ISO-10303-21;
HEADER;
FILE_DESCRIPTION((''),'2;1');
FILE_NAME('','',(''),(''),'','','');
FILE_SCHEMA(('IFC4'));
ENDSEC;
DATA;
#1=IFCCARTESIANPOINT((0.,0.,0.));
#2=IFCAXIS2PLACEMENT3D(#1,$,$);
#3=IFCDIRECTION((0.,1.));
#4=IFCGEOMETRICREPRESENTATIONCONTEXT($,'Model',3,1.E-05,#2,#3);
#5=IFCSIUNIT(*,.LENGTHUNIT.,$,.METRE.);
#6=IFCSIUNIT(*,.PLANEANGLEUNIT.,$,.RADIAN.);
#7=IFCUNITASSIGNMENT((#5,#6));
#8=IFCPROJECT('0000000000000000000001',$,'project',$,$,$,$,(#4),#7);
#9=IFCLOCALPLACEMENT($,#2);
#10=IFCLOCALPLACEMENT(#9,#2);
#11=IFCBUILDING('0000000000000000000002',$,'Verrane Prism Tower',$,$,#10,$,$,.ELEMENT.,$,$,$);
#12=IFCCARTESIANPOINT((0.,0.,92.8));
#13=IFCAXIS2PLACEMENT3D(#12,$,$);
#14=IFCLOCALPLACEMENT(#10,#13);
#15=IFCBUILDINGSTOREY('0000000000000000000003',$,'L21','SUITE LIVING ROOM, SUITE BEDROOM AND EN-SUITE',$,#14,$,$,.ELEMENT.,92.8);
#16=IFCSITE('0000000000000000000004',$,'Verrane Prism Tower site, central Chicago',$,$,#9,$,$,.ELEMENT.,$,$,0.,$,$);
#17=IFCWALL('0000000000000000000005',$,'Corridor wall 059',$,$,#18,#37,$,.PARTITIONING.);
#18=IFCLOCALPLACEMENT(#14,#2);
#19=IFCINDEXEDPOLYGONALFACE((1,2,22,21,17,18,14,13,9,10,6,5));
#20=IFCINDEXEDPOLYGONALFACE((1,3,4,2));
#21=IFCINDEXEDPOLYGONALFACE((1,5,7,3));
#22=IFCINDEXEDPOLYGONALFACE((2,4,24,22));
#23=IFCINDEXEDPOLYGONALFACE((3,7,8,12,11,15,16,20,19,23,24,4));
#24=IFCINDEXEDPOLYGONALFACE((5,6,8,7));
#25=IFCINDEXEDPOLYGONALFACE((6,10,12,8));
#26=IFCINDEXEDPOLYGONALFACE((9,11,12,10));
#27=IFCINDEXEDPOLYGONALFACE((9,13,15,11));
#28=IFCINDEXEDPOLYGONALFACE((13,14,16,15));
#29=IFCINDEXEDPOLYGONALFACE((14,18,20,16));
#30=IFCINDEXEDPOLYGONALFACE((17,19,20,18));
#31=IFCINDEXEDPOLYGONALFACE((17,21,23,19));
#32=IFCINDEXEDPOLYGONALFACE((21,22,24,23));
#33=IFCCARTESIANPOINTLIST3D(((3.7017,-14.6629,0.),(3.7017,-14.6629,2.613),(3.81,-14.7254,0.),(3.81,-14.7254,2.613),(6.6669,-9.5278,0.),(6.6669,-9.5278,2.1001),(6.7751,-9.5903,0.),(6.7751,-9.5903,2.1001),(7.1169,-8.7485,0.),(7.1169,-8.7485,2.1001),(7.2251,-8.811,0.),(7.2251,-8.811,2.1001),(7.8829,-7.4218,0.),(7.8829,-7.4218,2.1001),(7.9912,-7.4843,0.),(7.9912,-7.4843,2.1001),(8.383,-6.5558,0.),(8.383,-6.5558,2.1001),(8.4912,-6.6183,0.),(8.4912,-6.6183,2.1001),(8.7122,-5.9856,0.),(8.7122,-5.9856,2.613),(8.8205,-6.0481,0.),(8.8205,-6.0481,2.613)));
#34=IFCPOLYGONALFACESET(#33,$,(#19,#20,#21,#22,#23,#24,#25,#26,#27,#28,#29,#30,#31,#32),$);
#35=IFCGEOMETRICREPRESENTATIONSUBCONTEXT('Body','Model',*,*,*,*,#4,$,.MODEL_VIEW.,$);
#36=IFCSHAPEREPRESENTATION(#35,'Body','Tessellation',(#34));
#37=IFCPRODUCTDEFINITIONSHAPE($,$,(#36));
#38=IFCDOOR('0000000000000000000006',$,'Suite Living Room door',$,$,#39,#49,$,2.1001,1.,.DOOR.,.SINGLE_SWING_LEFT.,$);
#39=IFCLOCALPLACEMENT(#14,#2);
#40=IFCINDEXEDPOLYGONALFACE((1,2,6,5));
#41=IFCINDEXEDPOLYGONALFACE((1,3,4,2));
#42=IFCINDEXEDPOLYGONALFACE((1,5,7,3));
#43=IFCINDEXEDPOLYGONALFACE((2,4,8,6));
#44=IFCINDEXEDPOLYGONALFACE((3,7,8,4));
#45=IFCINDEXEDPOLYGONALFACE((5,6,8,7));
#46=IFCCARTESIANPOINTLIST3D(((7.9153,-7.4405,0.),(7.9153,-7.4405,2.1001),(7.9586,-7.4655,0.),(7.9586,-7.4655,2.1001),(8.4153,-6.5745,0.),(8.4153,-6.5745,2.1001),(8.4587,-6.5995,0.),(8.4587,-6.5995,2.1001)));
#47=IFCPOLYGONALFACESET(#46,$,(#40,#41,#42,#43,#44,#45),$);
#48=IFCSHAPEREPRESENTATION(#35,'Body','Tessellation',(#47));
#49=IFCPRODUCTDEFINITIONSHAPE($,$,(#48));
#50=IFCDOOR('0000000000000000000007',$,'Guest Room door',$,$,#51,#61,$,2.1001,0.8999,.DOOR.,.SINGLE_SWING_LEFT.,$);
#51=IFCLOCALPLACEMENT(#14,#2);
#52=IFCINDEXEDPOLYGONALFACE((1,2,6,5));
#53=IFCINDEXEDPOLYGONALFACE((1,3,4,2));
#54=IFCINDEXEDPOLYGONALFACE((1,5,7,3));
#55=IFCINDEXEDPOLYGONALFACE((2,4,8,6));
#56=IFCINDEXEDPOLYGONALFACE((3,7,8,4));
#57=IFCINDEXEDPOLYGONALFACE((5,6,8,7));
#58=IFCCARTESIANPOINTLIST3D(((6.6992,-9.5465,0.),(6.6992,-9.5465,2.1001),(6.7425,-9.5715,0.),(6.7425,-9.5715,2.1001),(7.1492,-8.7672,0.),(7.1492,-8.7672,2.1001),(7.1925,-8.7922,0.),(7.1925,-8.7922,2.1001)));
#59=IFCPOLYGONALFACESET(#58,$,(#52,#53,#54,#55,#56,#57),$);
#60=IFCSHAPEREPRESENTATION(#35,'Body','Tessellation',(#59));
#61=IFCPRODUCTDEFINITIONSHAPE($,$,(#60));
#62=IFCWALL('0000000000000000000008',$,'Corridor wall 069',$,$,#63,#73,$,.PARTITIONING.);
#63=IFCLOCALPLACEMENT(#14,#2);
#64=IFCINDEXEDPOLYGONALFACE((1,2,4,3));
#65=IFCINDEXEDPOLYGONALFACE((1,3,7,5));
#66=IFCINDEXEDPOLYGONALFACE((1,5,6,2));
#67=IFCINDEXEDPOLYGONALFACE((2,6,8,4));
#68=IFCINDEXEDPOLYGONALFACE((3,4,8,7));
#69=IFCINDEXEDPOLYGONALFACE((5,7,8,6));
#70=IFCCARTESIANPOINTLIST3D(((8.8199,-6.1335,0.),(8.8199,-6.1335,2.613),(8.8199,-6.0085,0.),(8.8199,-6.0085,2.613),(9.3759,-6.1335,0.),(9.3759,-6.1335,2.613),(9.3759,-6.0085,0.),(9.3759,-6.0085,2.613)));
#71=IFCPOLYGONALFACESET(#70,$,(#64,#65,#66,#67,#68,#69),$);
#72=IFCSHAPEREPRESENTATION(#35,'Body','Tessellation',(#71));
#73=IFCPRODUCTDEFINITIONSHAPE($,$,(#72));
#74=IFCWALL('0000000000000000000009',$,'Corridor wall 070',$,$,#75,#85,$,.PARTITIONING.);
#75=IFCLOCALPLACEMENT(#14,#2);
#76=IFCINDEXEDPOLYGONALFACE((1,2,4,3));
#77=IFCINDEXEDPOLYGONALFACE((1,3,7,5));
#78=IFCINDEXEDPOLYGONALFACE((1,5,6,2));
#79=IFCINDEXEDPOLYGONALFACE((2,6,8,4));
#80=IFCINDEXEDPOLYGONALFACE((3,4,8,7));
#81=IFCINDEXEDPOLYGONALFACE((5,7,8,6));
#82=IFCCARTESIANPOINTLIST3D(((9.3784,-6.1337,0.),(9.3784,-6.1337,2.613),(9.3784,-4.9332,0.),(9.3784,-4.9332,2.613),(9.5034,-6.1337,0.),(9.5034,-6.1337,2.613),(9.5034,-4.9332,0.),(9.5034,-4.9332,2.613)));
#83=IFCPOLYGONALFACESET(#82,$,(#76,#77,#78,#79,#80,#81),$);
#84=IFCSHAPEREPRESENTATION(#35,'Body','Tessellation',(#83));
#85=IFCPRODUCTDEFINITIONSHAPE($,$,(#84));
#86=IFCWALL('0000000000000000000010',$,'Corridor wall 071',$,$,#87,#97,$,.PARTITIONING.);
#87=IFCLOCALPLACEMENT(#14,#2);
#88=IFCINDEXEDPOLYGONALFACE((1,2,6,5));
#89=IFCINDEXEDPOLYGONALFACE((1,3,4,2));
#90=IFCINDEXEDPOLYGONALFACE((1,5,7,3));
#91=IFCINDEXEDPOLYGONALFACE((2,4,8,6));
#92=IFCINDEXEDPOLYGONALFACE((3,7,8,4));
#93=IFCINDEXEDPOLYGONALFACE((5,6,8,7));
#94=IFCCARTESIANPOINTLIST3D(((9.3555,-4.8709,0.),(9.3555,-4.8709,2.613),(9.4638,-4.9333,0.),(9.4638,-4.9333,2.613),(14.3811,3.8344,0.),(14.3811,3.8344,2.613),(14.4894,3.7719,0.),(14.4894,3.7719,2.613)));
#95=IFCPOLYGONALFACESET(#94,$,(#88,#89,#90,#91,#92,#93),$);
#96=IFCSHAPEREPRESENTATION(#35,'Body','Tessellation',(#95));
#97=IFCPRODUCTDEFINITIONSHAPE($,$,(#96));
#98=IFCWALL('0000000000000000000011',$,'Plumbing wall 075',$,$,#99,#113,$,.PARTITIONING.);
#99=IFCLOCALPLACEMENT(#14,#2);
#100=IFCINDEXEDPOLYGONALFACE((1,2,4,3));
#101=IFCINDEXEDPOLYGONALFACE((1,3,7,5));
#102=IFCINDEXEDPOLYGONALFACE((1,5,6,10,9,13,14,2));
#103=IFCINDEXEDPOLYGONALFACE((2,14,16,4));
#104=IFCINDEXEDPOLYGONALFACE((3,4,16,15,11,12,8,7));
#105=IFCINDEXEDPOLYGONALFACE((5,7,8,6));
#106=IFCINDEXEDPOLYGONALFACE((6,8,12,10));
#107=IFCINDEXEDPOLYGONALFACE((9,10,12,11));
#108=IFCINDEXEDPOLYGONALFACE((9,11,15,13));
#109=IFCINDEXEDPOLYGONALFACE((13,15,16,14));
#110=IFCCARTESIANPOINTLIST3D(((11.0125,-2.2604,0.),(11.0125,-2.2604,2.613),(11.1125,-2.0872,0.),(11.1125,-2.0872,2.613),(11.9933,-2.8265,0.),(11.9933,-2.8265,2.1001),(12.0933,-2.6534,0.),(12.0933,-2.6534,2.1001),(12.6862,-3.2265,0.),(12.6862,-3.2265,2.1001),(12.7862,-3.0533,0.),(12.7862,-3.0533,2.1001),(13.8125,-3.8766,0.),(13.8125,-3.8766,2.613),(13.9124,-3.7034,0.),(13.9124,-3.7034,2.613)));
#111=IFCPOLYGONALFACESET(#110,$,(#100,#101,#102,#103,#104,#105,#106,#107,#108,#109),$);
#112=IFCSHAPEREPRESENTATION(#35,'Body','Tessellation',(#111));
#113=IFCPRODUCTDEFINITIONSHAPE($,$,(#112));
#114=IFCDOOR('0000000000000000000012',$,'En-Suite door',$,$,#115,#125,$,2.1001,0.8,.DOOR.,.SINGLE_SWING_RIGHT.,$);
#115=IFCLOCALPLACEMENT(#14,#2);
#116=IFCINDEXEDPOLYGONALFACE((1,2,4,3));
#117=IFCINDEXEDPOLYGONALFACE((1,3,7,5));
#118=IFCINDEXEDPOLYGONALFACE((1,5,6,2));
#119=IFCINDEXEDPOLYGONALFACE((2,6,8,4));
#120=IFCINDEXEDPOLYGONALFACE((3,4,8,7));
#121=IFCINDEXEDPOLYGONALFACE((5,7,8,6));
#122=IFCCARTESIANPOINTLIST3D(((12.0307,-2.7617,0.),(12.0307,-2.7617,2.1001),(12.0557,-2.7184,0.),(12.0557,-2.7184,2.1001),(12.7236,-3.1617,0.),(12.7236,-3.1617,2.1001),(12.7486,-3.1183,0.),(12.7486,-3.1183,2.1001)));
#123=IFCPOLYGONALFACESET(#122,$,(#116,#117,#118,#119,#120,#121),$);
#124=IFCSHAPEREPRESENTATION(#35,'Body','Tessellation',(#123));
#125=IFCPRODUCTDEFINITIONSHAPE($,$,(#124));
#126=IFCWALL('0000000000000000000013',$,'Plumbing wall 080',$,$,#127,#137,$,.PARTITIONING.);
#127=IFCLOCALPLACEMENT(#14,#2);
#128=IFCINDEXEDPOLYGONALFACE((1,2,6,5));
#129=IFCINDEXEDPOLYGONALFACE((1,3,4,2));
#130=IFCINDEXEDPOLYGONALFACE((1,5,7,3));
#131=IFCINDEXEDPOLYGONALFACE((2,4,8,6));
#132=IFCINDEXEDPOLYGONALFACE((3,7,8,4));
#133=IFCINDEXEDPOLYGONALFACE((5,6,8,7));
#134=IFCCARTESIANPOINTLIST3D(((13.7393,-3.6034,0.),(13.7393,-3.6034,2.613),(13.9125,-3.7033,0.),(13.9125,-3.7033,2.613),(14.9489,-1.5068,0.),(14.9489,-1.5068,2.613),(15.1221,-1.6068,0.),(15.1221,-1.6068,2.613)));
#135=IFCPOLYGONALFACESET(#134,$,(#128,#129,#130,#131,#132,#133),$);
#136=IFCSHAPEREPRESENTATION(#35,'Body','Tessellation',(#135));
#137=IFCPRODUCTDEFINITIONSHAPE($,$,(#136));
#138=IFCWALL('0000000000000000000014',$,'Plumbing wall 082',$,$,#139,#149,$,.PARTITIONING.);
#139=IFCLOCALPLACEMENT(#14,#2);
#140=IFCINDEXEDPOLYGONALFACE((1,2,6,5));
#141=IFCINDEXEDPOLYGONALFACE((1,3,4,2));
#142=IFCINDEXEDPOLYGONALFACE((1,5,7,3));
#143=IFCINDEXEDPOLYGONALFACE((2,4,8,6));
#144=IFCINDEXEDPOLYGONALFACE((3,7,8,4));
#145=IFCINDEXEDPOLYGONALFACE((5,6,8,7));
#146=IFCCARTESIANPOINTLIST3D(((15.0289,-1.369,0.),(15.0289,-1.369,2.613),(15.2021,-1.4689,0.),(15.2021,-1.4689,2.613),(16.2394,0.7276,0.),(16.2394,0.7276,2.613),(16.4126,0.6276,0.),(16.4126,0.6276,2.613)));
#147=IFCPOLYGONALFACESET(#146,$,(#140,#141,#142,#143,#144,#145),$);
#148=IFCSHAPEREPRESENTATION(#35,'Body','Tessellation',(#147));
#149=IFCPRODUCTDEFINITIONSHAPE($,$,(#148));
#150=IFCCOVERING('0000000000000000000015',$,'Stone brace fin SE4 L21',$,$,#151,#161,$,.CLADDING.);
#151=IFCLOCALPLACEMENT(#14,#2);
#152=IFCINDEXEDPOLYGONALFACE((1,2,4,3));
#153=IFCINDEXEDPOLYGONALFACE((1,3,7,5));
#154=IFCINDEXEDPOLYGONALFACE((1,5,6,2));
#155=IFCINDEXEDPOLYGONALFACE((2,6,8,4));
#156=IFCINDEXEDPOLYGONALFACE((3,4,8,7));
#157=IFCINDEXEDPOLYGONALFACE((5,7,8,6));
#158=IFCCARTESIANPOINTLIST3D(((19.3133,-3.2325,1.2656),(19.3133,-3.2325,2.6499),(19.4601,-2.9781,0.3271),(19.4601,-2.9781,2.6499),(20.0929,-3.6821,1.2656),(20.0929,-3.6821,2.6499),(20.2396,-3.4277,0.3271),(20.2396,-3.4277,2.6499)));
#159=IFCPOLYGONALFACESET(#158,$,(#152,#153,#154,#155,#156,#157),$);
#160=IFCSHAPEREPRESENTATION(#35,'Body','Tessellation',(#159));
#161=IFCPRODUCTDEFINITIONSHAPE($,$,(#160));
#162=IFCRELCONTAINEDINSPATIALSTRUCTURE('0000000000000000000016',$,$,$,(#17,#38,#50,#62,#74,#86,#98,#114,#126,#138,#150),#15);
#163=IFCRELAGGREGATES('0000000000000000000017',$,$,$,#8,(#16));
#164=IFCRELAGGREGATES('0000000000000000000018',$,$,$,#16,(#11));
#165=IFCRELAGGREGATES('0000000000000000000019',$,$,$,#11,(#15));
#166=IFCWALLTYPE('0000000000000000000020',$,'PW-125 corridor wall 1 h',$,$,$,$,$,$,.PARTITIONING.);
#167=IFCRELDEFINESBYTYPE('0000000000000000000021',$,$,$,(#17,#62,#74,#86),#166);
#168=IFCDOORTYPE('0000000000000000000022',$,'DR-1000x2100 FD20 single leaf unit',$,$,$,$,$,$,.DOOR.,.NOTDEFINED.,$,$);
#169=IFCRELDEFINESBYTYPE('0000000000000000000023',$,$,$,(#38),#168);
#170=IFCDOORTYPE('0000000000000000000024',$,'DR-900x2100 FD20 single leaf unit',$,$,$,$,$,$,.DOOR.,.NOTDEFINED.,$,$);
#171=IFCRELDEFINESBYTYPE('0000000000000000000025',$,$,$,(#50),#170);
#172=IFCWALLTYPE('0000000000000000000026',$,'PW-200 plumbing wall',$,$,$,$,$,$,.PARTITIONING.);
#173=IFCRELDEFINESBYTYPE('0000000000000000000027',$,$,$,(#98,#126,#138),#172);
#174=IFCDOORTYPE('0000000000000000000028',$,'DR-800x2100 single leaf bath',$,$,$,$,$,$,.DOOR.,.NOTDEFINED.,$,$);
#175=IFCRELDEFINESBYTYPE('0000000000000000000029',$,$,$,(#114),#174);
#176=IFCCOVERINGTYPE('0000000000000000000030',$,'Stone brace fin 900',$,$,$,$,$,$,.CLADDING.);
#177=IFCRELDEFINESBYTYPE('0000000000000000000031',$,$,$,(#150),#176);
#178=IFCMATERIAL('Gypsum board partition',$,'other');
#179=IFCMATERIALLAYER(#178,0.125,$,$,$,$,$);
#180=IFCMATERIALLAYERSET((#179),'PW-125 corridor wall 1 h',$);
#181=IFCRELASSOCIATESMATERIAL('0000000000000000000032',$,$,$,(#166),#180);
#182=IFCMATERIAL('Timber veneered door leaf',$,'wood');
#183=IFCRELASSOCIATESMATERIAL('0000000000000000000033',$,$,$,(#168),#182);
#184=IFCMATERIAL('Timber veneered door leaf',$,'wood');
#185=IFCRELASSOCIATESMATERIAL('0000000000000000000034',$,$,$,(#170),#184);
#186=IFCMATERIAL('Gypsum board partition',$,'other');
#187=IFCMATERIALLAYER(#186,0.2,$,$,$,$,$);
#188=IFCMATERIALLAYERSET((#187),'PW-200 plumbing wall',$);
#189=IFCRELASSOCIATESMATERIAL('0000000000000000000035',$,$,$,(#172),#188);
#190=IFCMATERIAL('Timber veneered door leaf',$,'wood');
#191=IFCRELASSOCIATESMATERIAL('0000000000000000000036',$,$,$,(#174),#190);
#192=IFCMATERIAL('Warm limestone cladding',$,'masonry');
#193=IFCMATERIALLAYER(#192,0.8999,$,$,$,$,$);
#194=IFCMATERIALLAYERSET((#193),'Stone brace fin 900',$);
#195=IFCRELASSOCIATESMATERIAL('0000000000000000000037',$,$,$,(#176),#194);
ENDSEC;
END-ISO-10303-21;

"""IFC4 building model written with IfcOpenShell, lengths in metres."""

from ifc_helpers import new_model, si_unit, direction, frame, frame_2d, origin, place, context, subcontext, project, spatial, polyline, rectangle, outline, extrude, material, layer, layer_set, type_object, element, fill, save


model = new_model("IFC4")

# Units and contexts
model_context = context("Model", 3, precision=1e-05, world=origin(), true_north=direction((0.0, 1.0)))
body_context = subcontext(model_context, "Body", "Model", "MODEL_VIEW")
ifc_project = project(units=[si_unit("LENGTHUNIT", "METRE"), si_unit("PLANEANGLEUNIT", "RADIAN")], contexts=[model_context])

# Site, building, storey
site_placement = place(None, origin())
site = spatial("IfcSite", under=ifc_project, at=site_placement, Name="Verrane Prism Tower site, central Chicago", CompositionType="ELEMENT", RefElevation=0.0)
building_placement = place(site_placement, origin())
building = spatial("IfcBuilding", under=site, at=building_placement, Name="Verrane Prism Tower", CompositionType="ELEMENT")
storey_placement = place(building_placement, frame((0.0, 0.0, 92.8)))
storey = spatial("IfcBuildingStorey", under=building, at=storey_placement, Name="L21", Description="SUITE LIVING ROOM, SUITE BEDROOM AND EN-SUITE", CompositionType="ELEMENT", Elevation=92.8)

# Wall, openings, doors
ifc_material_1 = material(Name="Gypsum board partition", Category="other")
ifc_layer_1 = layer(ifc_material_1, 0.125)
ifc_layer_set_1 = layer_set([ifc_layer_1], Name="PW-125 corridor wall 1 h")
wall_type_1 = type_object("IfcWallType", Name="PW-125 corridor wall 1 h", PredefinedType="PARTITIONING", material=ifc_layer_set_1)
wall_1_placement = place(storey_placement, frame((8.7664, -6.0168, 0.0), z_axis=(0.0, 0.0, 1.0), x_axis=(-0.500051, -0.865996, 0.0)))
wall_1 = element("IfcWall", 1, at=wall_1_placement, inside=storey, type_object=wall_type_1, Name="Corridor wall 059", PredefinedType="PARTITIONING", context=body_context, shape_type="SweptSolid", body=[
    extrude(rectangle(XDim=10.02, YDim=0.125, at=frame_2d((5.01, 0.0))), origin(), (0.0, 0.0, 1.0), 2.613),
])
opening_1_placement = place(wall_1_placement, frame((3.1904, 0.0, 0.0)))
opening_1 = element("IfcOpeningElement", 2, at=opening_1_placement, cuts=wall_1, PredefinedType="OPENING", context=body_context, shape_type="SweptSolid", body=[
    extrude(rectangle(XDim=0.8999, YDim=2.1001, at=frame_2d((0.45, 1.05))), frame((0.0, 0.0725, 0.0), z_axis=(0.0, -1.0, 0.0), x_axis=(1.0, 0.0, 0.0)), (0.0, 0.0, 1.0), 0.145),
])
opening_2_placement = place(wall_1_placement, frame((0.6584, 0.0, 0.0)))
opening_2 = element("IfcOpeningElement", 3, at=opening_2_placement, cuts=wall_1, PredefinedType="OPENING", context=body_context, shape_type="SweptSolid", body=[
    extrude(rectangle(XDim=1.0, YDim=2.1001, at=frame_2d((0.5, 1.05))), frame((0.0, 0.0725, 0.0), z_axis=(0.0, -1.0, 0.0), x_axis=(1.0, 0.0, 0.0)), (0.0, 0.0, 1.0), 0.145),
])
ifc_material_2 = material(Name="Timber veneered door leaf", Category="wood")
door_type_1 = type_object("IfcDoorType", Name="DR-1000x2100 FD20 single leaf unit", OperationType="NOTDEFINED", PredefinedType="DOOR", material=ifc_material_2)
door_1_placement = place(opening_2_placement, origin())
door_1 = element("IfcDoor", 4, at=door_1_placement, inside=storey, type_object=door_type_1, Name="Suite Living Room door", OperationType="SINGLE_SWING_LEFT", OverallHeight=2.1001, OverallWidth=1.0, PredefinedType="DOOR", context=body_context, shape_type="SweptSolid", body=[
    extrude(rectangle(XDim=1.0, YDim=2.1001, at=frame_2d((0.5, 1.05))), frame((0.0, 0.0249, 0.0), z_axis=(0.0, -1.0, 0.0), x_axis=(1.0, 0.0, 0.0)), (0.0, 0.0, 1.0), 0.05),
])
fill(opening_2, door_1)
ifc_material_3 = material(Name="Timber veneered door leaf", Category="wood")
door_type_2 = type_object("IfcDoorType", Name="DR-900x2100 FD20 single leaf unit", OperationType="NOTDEFINED", PredefinedType="DOOR", material=ifc_material_3)
door_2_placement = place(opening_1_placement, origin())
door_2 = element("IfcDoor", 5, at=door_2_placement, inside=storey, type_object=door_type_2, Name="Guest Room door", OperationType="SINGLE_SWING_LEFT", OverallHeight=2.1001, OverallWidth=0.8999, PredefinedType="DOOR", context=body_context, shape_type="SweptSolid", body=[
    extrude(rectangle(XDim=0.8999, YDim=2.1001, at=frame_2d((0.45, 1.05))), frame((0.0, 0.0249, 0.0), z_axis=(0.0, -1.0, 0.0), x_axis=(1.0, 0.0, 0.0)), (0.0, 0.0, 1.0), 0.05),
])
fill(opening_1, door_2)

# Walls
wall_2_placement = place(storey_placement, frame((8.8201, -6.071, 0.0), z_axis=(0.0, 0.0, 1.0), x_axis=(1.0, 0.0, 0.0)))
element("IfcWall", 6, at=wall_2_placement, inside=storey, type_object=wall_type_1, Name="Corridor wall 069", PredefinedType="PARTITIONING", context=body_context, shape_type="SweptSolid", body=[
    extrude(rectangle(XDim=0.5559, YDim=0.125, at=frame_2d((0.2778, 0.0))), origin(), (0.0, 0.0, 1.0), 2.613),
])
wall_3_placement = place(storey_placement, frame((9.4409, -6.1335, 0.0), z_axis=(0.0, 0.0, 1.0), x_axis=(0.0, 1.0, 0.0)))
element("IfcWall", 7, at=wall_3_placement, inside=storey, type_object=wall_type_1, Name="Corridor wall 070", PredefinedType="PARTITIONING", context=body_context, shape_type="SweptSolid", body=[
    extrude(rectangle(XDim=1.2004, YDim=0.125, at=frame_2d((0.6001, 0.0))), origin(), (0.0, 0.0, 1.0), 2.613),
])
wall_4_placement = place(storey_placement, frame((9.4097, -4.9021, 0.0), z_axis=(0.0, 0.0, 1.0), x_axis=(0.499971, 0.866042, 0.0)))
element("IfcWall", 8, at=wall_4_placement, inside=storey, type_object=wall_type_1, Name="Corridor wall 071", PredefinedType="PARTITIONING", context=body_context, shape_type="SweptSolid", body=[
    extrude(rectangle(XDim=10.0518, YDim=0.125, at=frame_2d((5.0259, 0.0))), origin(), (0.0, 0.0, 1.0), 2.613),
])

# Wall, opening, door
ifc_material_4 = material(Name="Gypsum board partition", Category="other")
ifc_layer_2 = layer(ifc_material_4, 0.2)
ifc_layer_set_2 = layer_set([ifc_layer_2], Name="PW-200 plumbing wall")
wall_type_2 = type_object("IfcWallType", Name="PW-200 plumbing wall", PredefinedType="PARTITIONING", material=ifc_layer_set_2)
wall_5_placement = place(storey_placement, frame((11.0625, -2.1738, 0.0), z_axis=(0.0, 0.0, 1.0), x_axis=(0.866079, -0.499908, 0.0)))
wall_5 = element("IfcWall", 9, at=wall_5_placement, inside=storey, type_object=wall_type_2, Name="Plumbing wall 075", PredefinedType="PARTITIONING", context=body_context, shape_type="SweptSolid", body=[
    extrude(rectangle(XDim=3.2329, YDim=0.2, at=frame_2d((1.6165, 0.0))), origin(), (0.0, 0.0, 1.0), 2.613),
])
opening_3_placement = place(wall_5_placement, frame((1.1326, 0.0, 0.0)))
opening_3 = element("IfcOpeningElement", 10, at=opening_3_placement, cuts=wall_5, PredefinedType="OPENING", context=body_context, shape_type="SweptSolid", body=[
    extrude(rectangle(XDim=0.8, YDim=2.1001, at=frame_2d((0.3999, 1.05))), frame((0.0, 0.1099, 0.0), z_axis=(0.0, -1.0, 0.0), x_axis=(1.0, 0.0, 0.0)), (0.0, 0.0, 1.0), 0.22),
])
ifc_material_5 = material(Name="Timber veneered door leaf", Category="wood")
door_type_3 = type_object("IfcDoorType", Name="DR-800x2100 single leaf bath", OperationType="NOTDEFINED", PredefinedType="DOOR", material=ifc_material_5)
door_3_placement = place(opening_3_placement, origin())
door_3 = element("IfcDoor", 11, at=door_3_placement, inside=storey, type_object=door_type_3, Name="En-Suite door", OperationType="SINGLE_SWING_RIGHT", OverallHeight=2.1001, OverallWidth=0.8, PredefinedType="DOOR", context=body_context, shape_type="SweptSolid", body=[
    extrude(rectangle(XDim=0.8, YDim=2.1001, at=frame_2d((0.3999, 1.05))), frame((0.0, 0.0249, 0.0), z_axis=(0.0, -1.0, 0.0), x_axis=(1.0, 0.0, 0.0)), (0.0, 0.0, 1.0), 0.05),
])
fill(opening_3, door_3)

# Walls
wall_6_placement = place(storey_placement, frame((13.8259, -3.6533, 0.0), z_axis=(0.0, 0.0, 1.0), x_axis=(0.49972, 0.866187, 0.0)))
element("IfcWall", 12, at=wall_6_placement, inside=storey, type_object=wall_type_2, Name="Plumbing wall 080", PredefinedType="PARTITIONING", context=body_context, shape_type="SweptSolid", body=[
    extrude(rectangle(XDim=2.4204, YDim=0.2, at=frame_2d((1.2102, 0.0))), origin(), (0.0, 0.0, 1.0), 2.613),
])
wall_7_placement = place(storey_placement, frame((15.1155, -1.4189, 0.0), z_axis=(0.0, 0.0, 1.0), x_axis=(0.500022, 0.866013, 0.0)))
element("IfcWall", 13, at=wall_7_placement, inside=storey, type_object=wall_type_2, Name="Plumbing wall 082", PredefinedType="PARTITIONING", context=body_context, shape_type="SweptSolid", body=[
    extrude(rectangle(XDim=2.4209, YDim=0.2, at=frame_2d((1.2104, 0.0))), origin(), (0.0, 0.0, 1.0), 2.613),
])

# Covering
ifc_material_6 = material(Name="Warm limestone cladding", Category="masonry")
ifc_layer_3 = layer(ifc_material_6, 0.8999)
ifc_layer_set_3 = layer_set([ifc_layer_3], Name="Stone brace fin 900")
covering_type = type_object("IfcCoveringType", Name="Stone brace fin 900", PredefinedType="CLADDING", material=ifc_layer_set_3)
covering_placement = place(storey_placement, frame((19.8499, -3.2029, 0.3271), z_axis=(0.0, 0.0, 1.0), x_axis=(-0.499626, -0.866241, 0.0)))
element("IfcCovering", 14, at=covering_placement, inside=storey, type_object=covering_type, Name="Stone brace fin SE4 L21", PredefinedType="CLADDING", context=body_context, shape_type="SweptSolid", body=[
    extrude(outline(polyline([(0.2937, 2.3228), (0.0, 2.3228), (0.0, 0.0), (0.2937, 0.9385), (0.2937, 2.3228)])), frame((0.0, 0.45, 0.0), z_axis=(0.0, -1.0, 0.0), x_axis=(1.0, 0.0, 0.0)), (0.0, 0.0, 1.0), 0.8999),
])

save(model, "model.ifc")
